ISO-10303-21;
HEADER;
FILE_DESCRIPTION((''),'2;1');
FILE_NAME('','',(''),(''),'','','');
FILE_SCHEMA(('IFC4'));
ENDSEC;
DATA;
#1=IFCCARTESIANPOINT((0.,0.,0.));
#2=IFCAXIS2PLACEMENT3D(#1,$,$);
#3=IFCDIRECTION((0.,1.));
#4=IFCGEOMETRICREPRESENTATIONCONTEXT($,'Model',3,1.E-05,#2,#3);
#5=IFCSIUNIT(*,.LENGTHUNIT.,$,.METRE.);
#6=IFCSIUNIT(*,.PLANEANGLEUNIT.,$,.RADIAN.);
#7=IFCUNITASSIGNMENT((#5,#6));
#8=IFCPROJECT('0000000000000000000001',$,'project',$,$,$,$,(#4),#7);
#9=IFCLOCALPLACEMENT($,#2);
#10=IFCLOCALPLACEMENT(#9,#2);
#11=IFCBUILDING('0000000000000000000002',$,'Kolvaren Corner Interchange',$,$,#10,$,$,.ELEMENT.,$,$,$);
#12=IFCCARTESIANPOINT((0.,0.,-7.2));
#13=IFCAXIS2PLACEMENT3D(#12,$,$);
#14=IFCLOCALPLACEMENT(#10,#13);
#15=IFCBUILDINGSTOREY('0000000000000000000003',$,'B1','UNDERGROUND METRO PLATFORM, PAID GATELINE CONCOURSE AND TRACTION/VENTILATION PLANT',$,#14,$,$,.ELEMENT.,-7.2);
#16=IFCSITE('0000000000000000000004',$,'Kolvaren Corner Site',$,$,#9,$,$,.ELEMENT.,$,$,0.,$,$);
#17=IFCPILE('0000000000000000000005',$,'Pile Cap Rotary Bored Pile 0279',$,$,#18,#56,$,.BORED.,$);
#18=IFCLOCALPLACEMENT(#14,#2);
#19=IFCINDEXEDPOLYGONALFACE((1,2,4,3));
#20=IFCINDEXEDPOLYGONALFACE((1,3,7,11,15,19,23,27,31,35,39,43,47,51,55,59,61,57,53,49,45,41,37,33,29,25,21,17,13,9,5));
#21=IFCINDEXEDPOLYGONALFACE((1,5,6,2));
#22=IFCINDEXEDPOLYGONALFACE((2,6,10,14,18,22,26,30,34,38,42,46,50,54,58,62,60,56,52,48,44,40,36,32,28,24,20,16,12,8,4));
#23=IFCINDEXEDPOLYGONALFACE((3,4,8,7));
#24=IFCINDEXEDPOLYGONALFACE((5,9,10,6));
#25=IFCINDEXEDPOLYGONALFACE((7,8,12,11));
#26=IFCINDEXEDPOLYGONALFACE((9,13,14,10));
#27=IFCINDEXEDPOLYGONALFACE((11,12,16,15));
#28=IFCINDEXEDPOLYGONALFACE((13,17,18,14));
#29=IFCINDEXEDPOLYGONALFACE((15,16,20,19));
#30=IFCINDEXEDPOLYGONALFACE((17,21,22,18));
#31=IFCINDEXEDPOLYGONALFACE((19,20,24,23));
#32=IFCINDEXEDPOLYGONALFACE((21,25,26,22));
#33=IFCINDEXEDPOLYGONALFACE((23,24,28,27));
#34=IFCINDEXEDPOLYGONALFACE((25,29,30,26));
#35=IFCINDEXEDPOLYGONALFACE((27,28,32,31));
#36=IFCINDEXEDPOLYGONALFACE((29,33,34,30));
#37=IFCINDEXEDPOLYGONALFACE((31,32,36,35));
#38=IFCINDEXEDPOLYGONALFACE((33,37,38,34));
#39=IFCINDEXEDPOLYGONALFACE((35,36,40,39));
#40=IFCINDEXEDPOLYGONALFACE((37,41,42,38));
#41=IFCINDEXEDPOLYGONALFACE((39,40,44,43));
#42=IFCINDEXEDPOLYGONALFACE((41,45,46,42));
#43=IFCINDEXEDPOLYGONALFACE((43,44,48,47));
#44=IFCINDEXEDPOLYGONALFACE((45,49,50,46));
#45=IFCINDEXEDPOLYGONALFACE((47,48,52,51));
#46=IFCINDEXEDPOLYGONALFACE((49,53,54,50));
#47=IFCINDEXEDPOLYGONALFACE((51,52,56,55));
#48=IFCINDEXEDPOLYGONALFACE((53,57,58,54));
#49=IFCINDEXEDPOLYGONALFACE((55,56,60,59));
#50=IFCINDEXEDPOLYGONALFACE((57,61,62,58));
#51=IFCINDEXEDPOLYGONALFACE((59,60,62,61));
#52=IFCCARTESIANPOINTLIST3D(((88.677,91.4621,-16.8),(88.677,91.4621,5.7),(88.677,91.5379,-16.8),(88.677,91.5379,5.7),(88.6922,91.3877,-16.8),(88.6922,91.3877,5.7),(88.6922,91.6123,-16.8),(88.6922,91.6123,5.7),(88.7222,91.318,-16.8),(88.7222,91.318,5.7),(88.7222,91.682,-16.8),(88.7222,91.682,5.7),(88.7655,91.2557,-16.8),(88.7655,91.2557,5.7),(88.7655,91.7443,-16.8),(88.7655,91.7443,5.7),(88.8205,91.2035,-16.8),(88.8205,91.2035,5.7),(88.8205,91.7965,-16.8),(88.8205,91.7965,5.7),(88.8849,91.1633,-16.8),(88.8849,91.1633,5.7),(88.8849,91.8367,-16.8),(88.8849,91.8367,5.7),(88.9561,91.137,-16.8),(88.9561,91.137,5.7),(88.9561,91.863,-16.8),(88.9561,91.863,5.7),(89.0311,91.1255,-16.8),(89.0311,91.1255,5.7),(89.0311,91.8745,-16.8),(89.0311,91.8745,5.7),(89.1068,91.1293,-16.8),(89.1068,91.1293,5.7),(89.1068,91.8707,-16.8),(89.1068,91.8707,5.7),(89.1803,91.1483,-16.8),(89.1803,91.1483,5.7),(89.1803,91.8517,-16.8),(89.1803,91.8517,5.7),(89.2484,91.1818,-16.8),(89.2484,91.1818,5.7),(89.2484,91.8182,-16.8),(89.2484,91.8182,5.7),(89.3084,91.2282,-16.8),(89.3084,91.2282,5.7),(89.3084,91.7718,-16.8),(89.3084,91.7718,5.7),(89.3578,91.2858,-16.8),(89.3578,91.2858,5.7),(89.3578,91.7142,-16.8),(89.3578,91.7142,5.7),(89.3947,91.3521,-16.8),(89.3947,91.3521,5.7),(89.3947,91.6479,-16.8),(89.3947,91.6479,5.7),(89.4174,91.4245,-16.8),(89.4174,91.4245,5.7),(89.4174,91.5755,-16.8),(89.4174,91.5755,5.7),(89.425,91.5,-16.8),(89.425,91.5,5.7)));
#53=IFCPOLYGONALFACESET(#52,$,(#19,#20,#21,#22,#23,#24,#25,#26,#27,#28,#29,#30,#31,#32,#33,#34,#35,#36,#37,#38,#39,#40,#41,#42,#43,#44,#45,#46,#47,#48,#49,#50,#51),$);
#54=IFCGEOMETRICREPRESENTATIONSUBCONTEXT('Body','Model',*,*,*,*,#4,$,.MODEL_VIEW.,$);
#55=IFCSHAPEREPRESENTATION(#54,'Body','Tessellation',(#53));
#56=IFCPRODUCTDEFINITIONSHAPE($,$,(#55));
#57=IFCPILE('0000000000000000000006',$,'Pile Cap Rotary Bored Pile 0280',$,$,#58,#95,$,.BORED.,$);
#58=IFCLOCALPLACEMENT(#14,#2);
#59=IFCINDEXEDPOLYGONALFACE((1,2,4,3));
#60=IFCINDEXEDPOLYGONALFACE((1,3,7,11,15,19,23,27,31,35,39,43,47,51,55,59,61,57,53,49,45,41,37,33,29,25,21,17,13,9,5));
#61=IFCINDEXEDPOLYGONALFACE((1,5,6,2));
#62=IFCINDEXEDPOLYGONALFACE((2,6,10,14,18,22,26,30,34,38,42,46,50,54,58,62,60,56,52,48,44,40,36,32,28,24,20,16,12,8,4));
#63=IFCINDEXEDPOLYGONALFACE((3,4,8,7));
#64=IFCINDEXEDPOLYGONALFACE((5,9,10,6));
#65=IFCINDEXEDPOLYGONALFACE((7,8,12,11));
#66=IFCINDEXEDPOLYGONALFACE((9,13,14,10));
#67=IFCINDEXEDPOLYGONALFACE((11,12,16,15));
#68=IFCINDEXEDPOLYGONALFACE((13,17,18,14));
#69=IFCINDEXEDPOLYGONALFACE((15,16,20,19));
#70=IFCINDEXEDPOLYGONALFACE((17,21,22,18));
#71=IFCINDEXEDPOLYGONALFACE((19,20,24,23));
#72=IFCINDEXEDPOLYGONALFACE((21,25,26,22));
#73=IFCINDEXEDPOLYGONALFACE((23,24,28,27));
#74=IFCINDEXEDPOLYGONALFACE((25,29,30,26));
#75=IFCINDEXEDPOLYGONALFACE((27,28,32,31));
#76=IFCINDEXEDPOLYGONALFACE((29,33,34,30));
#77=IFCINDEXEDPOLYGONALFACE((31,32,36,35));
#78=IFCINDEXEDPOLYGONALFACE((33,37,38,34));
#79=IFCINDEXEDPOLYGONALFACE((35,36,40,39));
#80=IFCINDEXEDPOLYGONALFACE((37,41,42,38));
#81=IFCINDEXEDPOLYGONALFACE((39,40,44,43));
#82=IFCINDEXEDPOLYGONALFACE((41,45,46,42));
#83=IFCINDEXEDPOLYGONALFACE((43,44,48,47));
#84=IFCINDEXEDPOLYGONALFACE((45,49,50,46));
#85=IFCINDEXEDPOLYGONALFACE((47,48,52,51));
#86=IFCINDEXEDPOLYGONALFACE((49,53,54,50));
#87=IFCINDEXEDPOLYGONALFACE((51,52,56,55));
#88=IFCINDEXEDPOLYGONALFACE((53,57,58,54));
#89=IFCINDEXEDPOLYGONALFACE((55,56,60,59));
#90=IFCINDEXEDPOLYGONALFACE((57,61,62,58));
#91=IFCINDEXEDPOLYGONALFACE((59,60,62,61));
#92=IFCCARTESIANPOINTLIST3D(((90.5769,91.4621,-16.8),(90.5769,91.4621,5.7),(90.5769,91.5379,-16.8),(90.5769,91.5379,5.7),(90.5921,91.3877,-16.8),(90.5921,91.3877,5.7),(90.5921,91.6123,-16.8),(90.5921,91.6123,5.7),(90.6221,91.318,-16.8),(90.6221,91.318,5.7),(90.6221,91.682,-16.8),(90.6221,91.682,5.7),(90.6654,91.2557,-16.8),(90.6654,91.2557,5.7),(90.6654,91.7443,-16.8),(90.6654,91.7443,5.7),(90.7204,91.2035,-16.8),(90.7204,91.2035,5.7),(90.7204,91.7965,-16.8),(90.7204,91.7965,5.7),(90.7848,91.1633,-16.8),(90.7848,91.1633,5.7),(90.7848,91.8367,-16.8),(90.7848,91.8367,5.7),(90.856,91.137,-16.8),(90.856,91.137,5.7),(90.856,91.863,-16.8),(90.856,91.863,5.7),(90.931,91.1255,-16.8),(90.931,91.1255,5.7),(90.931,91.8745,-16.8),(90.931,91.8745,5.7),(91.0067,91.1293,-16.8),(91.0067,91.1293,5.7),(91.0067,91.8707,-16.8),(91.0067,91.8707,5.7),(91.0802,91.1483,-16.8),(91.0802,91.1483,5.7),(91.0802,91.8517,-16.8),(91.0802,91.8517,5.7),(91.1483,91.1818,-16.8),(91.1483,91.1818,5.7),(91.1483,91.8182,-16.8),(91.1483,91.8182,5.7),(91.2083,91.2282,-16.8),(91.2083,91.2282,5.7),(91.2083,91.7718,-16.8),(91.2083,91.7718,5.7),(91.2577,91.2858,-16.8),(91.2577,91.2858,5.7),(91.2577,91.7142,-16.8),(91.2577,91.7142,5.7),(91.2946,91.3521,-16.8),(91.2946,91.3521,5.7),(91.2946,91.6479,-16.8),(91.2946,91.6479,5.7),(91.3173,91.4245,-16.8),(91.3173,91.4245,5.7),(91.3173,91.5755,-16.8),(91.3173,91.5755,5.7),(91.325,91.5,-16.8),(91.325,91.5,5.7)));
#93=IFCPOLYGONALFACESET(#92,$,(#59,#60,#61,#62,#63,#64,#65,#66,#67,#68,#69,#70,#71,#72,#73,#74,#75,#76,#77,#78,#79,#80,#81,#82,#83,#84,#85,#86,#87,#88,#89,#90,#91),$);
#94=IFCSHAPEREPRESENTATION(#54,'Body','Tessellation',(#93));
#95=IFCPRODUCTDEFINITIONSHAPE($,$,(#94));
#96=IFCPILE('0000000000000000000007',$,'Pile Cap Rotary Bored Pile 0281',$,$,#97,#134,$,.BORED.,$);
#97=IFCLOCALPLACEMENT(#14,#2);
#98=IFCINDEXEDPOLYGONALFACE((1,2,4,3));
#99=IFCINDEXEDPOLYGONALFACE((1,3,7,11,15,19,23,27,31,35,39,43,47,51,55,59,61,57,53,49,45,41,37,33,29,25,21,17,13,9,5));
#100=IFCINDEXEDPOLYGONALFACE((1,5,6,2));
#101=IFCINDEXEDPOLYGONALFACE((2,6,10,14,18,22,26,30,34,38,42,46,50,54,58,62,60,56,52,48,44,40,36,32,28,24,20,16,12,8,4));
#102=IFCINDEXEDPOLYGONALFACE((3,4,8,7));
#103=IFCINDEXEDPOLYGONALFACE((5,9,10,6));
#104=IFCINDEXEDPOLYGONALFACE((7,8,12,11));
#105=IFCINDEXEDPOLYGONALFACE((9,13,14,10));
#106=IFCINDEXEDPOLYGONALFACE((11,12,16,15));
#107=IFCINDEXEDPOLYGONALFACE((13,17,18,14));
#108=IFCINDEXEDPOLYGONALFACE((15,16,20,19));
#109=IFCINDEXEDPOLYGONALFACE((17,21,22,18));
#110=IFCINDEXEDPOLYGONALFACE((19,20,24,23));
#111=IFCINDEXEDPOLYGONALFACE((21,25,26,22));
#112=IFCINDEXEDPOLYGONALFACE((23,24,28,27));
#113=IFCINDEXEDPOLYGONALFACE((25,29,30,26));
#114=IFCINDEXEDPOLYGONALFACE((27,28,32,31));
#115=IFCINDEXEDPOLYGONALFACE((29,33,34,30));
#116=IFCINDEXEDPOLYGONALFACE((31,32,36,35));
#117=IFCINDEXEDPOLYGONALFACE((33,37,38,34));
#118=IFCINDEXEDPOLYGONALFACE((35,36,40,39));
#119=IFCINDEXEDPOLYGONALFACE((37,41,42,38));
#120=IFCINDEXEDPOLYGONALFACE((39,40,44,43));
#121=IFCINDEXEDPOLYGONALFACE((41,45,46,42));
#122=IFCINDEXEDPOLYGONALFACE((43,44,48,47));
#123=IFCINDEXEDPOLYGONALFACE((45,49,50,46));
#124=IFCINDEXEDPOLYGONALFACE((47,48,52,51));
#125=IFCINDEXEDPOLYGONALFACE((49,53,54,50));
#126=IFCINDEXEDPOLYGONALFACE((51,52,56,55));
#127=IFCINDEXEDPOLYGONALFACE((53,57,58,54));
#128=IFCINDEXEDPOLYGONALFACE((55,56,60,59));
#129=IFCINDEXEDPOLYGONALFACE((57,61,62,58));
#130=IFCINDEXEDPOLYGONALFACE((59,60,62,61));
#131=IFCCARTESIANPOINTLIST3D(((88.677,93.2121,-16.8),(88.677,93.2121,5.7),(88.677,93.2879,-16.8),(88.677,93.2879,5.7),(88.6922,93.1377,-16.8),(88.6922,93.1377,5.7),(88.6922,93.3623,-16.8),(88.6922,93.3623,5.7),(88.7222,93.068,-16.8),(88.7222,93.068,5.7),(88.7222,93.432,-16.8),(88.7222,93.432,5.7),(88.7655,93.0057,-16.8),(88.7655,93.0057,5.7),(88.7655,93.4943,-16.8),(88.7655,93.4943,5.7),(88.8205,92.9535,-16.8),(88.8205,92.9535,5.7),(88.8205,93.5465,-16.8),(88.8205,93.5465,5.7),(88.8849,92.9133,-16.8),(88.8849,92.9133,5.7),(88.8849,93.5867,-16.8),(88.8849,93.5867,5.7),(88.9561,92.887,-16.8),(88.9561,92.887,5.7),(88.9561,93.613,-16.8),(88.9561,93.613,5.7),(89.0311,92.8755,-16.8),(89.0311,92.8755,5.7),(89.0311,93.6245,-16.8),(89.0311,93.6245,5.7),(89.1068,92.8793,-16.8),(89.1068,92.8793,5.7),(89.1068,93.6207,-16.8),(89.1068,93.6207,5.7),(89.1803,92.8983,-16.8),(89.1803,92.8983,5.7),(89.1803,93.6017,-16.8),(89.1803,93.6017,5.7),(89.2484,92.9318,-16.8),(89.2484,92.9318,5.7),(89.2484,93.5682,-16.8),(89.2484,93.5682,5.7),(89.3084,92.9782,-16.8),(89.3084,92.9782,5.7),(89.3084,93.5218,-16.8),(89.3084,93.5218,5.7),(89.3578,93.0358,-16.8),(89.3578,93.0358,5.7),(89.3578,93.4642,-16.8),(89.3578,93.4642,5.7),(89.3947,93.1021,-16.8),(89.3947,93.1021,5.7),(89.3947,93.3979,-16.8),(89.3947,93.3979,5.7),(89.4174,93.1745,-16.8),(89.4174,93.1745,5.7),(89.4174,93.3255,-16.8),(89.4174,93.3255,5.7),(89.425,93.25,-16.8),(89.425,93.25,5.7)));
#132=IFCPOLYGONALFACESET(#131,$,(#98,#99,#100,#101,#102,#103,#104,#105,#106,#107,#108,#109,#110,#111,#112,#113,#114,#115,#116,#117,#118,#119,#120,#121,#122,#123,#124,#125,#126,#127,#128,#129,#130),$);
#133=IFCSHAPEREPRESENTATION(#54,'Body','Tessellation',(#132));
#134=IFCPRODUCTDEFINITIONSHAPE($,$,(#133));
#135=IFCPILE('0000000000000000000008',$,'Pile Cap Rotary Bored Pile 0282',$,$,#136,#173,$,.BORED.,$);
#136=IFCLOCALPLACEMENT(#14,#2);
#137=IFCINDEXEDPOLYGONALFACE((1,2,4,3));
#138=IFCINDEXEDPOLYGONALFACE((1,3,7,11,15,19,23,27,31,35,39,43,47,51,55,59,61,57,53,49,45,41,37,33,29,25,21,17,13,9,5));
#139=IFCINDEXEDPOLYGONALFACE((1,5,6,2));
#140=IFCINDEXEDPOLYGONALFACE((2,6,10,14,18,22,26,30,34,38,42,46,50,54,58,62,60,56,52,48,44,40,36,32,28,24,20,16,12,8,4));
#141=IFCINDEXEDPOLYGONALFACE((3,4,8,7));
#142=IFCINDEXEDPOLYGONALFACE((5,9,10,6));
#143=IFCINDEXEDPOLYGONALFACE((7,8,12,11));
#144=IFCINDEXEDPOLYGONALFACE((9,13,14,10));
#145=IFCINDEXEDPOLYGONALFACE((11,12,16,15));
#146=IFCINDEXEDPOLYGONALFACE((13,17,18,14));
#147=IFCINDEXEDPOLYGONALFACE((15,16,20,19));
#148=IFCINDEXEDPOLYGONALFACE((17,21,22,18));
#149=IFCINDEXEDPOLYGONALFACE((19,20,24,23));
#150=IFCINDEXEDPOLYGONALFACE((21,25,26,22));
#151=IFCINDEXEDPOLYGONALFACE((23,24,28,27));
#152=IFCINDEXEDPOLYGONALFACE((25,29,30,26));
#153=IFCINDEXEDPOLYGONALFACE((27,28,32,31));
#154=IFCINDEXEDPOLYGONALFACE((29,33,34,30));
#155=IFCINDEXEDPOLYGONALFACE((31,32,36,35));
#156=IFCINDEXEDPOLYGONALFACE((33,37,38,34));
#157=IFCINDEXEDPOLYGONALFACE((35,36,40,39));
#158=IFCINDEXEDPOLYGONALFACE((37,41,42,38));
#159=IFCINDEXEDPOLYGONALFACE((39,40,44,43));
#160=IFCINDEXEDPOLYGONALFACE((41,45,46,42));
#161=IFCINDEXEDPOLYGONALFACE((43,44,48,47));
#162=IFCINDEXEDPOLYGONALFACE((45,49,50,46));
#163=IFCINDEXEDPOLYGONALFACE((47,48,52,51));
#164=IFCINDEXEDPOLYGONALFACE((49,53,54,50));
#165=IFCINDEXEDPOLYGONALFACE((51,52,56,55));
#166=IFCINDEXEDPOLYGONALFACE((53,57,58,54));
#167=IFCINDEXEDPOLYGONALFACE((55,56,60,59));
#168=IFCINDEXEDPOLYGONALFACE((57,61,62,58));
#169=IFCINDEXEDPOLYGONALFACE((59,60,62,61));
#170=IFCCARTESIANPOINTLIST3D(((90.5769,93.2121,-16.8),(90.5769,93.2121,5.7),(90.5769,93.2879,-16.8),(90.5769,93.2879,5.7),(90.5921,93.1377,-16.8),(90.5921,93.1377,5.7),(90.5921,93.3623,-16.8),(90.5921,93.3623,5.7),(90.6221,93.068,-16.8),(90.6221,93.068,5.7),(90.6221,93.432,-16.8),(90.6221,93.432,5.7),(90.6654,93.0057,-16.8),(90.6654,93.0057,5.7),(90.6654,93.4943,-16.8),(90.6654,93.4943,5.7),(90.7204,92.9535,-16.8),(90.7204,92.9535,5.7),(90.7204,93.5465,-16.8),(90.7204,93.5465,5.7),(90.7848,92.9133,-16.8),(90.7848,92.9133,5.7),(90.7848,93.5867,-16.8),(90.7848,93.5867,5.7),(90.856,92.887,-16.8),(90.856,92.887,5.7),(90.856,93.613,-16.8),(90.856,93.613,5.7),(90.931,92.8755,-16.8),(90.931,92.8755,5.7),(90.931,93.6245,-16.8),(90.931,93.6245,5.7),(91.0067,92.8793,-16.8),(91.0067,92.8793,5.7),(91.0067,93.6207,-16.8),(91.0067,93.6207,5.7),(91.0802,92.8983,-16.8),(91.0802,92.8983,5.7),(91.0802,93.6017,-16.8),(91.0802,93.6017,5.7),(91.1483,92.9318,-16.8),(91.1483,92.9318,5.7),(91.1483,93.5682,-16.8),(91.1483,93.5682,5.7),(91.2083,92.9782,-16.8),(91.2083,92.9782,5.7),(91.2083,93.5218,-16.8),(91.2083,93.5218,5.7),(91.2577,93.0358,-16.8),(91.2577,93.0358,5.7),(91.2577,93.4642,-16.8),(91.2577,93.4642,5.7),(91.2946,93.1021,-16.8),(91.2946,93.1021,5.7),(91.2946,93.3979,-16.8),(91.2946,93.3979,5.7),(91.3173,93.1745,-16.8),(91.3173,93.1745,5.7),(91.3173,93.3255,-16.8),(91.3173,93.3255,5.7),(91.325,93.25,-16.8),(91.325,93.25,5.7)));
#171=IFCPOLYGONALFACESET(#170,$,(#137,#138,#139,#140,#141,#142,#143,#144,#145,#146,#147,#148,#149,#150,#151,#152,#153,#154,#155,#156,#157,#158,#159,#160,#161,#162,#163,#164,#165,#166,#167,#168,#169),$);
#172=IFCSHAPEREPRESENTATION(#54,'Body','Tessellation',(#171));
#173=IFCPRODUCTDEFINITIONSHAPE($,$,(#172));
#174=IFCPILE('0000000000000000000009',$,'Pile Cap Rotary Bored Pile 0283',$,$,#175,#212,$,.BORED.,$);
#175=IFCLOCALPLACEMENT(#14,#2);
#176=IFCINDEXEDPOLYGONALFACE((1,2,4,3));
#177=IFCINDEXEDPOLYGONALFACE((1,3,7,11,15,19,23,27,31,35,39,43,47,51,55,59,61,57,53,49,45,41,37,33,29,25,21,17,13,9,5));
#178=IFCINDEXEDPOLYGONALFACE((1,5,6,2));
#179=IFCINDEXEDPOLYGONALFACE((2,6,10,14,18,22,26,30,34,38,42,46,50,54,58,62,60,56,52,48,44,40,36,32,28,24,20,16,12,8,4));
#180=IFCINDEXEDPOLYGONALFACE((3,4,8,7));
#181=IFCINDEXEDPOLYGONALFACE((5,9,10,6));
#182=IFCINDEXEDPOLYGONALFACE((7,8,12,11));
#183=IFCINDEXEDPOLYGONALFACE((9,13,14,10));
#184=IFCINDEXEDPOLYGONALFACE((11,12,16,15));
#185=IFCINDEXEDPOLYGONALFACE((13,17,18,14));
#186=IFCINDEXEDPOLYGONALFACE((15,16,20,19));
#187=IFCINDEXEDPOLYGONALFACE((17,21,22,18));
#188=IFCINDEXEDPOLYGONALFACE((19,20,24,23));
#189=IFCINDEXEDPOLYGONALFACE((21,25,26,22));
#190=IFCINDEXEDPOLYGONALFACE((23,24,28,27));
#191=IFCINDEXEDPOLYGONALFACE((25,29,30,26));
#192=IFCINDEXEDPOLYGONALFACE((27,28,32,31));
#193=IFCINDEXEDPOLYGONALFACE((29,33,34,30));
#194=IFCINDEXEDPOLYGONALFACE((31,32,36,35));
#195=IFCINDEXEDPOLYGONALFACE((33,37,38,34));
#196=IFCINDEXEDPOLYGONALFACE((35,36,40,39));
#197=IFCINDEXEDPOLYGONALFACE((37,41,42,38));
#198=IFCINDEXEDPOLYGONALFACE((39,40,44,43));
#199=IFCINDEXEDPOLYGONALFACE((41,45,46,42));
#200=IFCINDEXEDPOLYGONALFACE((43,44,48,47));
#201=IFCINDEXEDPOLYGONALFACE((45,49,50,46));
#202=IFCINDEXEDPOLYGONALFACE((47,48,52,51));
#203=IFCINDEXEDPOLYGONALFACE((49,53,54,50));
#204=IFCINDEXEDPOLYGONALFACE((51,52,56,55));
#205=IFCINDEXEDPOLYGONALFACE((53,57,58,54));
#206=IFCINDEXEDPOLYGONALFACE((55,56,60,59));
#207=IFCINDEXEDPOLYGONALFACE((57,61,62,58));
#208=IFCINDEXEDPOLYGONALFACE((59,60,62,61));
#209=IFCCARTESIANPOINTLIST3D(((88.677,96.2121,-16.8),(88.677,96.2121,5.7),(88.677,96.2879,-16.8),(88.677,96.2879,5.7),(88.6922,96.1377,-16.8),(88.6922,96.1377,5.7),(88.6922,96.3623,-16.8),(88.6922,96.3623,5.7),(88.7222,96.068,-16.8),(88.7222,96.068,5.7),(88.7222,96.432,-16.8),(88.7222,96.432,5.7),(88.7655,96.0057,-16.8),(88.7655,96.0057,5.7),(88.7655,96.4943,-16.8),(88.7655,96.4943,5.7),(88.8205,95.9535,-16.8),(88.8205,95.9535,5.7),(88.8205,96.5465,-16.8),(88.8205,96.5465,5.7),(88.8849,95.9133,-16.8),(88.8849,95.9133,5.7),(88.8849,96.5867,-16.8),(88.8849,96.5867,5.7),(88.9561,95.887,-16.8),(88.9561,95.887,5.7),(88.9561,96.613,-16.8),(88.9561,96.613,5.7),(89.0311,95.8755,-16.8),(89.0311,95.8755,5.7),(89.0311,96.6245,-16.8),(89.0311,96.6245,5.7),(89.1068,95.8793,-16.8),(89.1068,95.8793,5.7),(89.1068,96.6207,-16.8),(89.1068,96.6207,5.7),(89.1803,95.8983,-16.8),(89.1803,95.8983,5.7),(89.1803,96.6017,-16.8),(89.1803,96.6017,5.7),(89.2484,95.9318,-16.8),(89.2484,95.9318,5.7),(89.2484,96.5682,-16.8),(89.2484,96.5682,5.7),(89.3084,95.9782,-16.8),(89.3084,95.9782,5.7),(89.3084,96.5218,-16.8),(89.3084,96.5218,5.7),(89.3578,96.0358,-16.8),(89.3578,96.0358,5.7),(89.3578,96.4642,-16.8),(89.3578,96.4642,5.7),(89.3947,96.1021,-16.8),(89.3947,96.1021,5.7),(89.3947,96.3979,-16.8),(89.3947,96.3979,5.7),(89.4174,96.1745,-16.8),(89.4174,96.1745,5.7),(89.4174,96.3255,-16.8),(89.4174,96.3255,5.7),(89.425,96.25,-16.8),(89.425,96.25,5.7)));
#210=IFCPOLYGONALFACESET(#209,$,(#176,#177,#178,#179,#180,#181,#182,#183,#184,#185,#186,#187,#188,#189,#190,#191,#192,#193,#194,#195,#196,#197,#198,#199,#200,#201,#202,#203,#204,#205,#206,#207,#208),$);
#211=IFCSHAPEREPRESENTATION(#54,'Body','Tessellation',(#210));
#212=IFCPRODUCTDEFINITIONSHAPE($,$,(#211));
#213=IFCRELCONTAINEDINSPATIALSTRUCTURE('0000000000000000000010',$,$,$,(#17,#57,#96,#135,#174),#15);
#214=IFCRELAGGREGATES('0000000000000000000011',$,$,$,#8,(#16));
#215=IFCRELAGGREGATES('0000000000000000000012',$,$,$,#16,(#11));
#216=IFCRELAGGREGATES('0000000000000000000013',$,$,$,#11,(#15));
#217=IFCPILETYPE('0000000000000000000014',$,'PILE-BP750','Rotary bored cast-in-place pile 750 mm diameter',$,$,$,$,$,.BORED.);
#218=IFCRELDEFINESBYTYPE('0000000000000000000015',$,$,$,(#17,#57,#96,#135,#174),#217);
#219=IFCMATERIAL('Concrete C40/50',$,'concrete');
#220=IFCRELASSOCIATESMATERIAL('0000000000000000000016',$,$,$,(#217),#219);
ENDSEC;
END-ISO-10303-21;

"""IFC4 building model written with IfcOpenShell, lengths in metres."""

from ifc_helpers import new_model, si_unit, direction, frame, origin, origin_2d, place, context, subcontext, project, spatial, circle, extrude, material, material_profile, profile_set, type_object, element, save


model = new_model("IFC4")

# Units and contexts
model_context = context("Model", 3, precision=1e-05, world=origin(), true_north=direction((0.0, 1.0)))
body_context = subcontext(model_context, "Body", "Model", "MODEL_VIEW")
ifc_project = project(units=[si_unit("LENGTHUNIT", "METRE"), si_unit("PLANEANGLEUNIT", "RADIAN")], contexts=[model_context])

# Site, building, storey
site_placement = place(None, origin())
site = spatial("IfcSite", under=ifc_project, at=site_placement, Name="Kolvaren Corner Site", CompositionType="ELEMENT", RefElevation=0.0)
building_placement = place(site_placement, origin())
building = spatial("IfcBuilding", under=site, at=building_placement, Name="Kolvaren Corner Interchange", CompositionType="ELEMENT")
storey_placement = place(building_placement, frame((0.0, 0.0, -7.2)))
storey = spatial("IfcBuildingStorey", under=building, at=storey_placement, Name="B1", Description="UNDERGROUND METRO PLATFORM, PAID GATELINE CONCOURSE AND TRACTION/VENTILATION PLANT", CompositionType="ELEMENT", Elevation=-7.2)

# Piles
ifc_material_1 = material(Name="Concrete C40/50", Category="concrete")
ifc_material_profile = material_profile(ifc_material_1, circle(Radius=0.375, at=origin_2d()), Name="BORED PILE 750")
ifc_profile_set = profile_set([ifc_material_profile], Name="Concrete C40/50")
pile_type = type_object("IfcPileType", Name="PILE-BP750", Description="Rotary bored cast-in-place pile 750 mm diameter", PredefinedType="BORED", material=ifc_profile_set)
for number, where, z_axis, x_axis, name in (
    (1, (89.05, 91.5, 5.7), (0.0, 0.0, -1.0), (1.0, 0.0, 0.0), "Pile Cap Rotary Bored Pile 0279"),
    (2, (90.95, 91.5, 5.7), (0.0, 0.0, -1.0), (1.0, 0.0, 0.0), "Pile Cap Rotary Bored Pile 0280"),
    (3, (89.05, 93.25, 5.7), (0.0, 0.0, -1.0), (1.0, 0.0, 0.0), "Pile Cap Rotary Bored Pile 0281"),
    (4, (90.95, 93.25, 5.7), (0.0, 0.0, -1.0), (1.0, 0.0, 0.0), "Pile Cap Rotary Bored Pile 0282"),
    (5, (89.05, 96.25, 5.7), (0.0, 0.0, -1.0), (1.0, 0.0, 0.0), "Pile Cap Rotary Bored Pile 0283"),
):
    element("IfcPile", number, at=place(storey_placement, frame(where, z_axis=z_axis, x_axis=x_axis)), inside=storey, type_object=pile_type, Name=name, PredefinedType="BORED", context=body_context, shape_type="SweptSolid", body=[
        extrude(circle(Radius=0.375, at=origin_2d()), origin(), (0.0, 0.0, 1.0), 22.5),
    ])

save(model, "model.ifc")
